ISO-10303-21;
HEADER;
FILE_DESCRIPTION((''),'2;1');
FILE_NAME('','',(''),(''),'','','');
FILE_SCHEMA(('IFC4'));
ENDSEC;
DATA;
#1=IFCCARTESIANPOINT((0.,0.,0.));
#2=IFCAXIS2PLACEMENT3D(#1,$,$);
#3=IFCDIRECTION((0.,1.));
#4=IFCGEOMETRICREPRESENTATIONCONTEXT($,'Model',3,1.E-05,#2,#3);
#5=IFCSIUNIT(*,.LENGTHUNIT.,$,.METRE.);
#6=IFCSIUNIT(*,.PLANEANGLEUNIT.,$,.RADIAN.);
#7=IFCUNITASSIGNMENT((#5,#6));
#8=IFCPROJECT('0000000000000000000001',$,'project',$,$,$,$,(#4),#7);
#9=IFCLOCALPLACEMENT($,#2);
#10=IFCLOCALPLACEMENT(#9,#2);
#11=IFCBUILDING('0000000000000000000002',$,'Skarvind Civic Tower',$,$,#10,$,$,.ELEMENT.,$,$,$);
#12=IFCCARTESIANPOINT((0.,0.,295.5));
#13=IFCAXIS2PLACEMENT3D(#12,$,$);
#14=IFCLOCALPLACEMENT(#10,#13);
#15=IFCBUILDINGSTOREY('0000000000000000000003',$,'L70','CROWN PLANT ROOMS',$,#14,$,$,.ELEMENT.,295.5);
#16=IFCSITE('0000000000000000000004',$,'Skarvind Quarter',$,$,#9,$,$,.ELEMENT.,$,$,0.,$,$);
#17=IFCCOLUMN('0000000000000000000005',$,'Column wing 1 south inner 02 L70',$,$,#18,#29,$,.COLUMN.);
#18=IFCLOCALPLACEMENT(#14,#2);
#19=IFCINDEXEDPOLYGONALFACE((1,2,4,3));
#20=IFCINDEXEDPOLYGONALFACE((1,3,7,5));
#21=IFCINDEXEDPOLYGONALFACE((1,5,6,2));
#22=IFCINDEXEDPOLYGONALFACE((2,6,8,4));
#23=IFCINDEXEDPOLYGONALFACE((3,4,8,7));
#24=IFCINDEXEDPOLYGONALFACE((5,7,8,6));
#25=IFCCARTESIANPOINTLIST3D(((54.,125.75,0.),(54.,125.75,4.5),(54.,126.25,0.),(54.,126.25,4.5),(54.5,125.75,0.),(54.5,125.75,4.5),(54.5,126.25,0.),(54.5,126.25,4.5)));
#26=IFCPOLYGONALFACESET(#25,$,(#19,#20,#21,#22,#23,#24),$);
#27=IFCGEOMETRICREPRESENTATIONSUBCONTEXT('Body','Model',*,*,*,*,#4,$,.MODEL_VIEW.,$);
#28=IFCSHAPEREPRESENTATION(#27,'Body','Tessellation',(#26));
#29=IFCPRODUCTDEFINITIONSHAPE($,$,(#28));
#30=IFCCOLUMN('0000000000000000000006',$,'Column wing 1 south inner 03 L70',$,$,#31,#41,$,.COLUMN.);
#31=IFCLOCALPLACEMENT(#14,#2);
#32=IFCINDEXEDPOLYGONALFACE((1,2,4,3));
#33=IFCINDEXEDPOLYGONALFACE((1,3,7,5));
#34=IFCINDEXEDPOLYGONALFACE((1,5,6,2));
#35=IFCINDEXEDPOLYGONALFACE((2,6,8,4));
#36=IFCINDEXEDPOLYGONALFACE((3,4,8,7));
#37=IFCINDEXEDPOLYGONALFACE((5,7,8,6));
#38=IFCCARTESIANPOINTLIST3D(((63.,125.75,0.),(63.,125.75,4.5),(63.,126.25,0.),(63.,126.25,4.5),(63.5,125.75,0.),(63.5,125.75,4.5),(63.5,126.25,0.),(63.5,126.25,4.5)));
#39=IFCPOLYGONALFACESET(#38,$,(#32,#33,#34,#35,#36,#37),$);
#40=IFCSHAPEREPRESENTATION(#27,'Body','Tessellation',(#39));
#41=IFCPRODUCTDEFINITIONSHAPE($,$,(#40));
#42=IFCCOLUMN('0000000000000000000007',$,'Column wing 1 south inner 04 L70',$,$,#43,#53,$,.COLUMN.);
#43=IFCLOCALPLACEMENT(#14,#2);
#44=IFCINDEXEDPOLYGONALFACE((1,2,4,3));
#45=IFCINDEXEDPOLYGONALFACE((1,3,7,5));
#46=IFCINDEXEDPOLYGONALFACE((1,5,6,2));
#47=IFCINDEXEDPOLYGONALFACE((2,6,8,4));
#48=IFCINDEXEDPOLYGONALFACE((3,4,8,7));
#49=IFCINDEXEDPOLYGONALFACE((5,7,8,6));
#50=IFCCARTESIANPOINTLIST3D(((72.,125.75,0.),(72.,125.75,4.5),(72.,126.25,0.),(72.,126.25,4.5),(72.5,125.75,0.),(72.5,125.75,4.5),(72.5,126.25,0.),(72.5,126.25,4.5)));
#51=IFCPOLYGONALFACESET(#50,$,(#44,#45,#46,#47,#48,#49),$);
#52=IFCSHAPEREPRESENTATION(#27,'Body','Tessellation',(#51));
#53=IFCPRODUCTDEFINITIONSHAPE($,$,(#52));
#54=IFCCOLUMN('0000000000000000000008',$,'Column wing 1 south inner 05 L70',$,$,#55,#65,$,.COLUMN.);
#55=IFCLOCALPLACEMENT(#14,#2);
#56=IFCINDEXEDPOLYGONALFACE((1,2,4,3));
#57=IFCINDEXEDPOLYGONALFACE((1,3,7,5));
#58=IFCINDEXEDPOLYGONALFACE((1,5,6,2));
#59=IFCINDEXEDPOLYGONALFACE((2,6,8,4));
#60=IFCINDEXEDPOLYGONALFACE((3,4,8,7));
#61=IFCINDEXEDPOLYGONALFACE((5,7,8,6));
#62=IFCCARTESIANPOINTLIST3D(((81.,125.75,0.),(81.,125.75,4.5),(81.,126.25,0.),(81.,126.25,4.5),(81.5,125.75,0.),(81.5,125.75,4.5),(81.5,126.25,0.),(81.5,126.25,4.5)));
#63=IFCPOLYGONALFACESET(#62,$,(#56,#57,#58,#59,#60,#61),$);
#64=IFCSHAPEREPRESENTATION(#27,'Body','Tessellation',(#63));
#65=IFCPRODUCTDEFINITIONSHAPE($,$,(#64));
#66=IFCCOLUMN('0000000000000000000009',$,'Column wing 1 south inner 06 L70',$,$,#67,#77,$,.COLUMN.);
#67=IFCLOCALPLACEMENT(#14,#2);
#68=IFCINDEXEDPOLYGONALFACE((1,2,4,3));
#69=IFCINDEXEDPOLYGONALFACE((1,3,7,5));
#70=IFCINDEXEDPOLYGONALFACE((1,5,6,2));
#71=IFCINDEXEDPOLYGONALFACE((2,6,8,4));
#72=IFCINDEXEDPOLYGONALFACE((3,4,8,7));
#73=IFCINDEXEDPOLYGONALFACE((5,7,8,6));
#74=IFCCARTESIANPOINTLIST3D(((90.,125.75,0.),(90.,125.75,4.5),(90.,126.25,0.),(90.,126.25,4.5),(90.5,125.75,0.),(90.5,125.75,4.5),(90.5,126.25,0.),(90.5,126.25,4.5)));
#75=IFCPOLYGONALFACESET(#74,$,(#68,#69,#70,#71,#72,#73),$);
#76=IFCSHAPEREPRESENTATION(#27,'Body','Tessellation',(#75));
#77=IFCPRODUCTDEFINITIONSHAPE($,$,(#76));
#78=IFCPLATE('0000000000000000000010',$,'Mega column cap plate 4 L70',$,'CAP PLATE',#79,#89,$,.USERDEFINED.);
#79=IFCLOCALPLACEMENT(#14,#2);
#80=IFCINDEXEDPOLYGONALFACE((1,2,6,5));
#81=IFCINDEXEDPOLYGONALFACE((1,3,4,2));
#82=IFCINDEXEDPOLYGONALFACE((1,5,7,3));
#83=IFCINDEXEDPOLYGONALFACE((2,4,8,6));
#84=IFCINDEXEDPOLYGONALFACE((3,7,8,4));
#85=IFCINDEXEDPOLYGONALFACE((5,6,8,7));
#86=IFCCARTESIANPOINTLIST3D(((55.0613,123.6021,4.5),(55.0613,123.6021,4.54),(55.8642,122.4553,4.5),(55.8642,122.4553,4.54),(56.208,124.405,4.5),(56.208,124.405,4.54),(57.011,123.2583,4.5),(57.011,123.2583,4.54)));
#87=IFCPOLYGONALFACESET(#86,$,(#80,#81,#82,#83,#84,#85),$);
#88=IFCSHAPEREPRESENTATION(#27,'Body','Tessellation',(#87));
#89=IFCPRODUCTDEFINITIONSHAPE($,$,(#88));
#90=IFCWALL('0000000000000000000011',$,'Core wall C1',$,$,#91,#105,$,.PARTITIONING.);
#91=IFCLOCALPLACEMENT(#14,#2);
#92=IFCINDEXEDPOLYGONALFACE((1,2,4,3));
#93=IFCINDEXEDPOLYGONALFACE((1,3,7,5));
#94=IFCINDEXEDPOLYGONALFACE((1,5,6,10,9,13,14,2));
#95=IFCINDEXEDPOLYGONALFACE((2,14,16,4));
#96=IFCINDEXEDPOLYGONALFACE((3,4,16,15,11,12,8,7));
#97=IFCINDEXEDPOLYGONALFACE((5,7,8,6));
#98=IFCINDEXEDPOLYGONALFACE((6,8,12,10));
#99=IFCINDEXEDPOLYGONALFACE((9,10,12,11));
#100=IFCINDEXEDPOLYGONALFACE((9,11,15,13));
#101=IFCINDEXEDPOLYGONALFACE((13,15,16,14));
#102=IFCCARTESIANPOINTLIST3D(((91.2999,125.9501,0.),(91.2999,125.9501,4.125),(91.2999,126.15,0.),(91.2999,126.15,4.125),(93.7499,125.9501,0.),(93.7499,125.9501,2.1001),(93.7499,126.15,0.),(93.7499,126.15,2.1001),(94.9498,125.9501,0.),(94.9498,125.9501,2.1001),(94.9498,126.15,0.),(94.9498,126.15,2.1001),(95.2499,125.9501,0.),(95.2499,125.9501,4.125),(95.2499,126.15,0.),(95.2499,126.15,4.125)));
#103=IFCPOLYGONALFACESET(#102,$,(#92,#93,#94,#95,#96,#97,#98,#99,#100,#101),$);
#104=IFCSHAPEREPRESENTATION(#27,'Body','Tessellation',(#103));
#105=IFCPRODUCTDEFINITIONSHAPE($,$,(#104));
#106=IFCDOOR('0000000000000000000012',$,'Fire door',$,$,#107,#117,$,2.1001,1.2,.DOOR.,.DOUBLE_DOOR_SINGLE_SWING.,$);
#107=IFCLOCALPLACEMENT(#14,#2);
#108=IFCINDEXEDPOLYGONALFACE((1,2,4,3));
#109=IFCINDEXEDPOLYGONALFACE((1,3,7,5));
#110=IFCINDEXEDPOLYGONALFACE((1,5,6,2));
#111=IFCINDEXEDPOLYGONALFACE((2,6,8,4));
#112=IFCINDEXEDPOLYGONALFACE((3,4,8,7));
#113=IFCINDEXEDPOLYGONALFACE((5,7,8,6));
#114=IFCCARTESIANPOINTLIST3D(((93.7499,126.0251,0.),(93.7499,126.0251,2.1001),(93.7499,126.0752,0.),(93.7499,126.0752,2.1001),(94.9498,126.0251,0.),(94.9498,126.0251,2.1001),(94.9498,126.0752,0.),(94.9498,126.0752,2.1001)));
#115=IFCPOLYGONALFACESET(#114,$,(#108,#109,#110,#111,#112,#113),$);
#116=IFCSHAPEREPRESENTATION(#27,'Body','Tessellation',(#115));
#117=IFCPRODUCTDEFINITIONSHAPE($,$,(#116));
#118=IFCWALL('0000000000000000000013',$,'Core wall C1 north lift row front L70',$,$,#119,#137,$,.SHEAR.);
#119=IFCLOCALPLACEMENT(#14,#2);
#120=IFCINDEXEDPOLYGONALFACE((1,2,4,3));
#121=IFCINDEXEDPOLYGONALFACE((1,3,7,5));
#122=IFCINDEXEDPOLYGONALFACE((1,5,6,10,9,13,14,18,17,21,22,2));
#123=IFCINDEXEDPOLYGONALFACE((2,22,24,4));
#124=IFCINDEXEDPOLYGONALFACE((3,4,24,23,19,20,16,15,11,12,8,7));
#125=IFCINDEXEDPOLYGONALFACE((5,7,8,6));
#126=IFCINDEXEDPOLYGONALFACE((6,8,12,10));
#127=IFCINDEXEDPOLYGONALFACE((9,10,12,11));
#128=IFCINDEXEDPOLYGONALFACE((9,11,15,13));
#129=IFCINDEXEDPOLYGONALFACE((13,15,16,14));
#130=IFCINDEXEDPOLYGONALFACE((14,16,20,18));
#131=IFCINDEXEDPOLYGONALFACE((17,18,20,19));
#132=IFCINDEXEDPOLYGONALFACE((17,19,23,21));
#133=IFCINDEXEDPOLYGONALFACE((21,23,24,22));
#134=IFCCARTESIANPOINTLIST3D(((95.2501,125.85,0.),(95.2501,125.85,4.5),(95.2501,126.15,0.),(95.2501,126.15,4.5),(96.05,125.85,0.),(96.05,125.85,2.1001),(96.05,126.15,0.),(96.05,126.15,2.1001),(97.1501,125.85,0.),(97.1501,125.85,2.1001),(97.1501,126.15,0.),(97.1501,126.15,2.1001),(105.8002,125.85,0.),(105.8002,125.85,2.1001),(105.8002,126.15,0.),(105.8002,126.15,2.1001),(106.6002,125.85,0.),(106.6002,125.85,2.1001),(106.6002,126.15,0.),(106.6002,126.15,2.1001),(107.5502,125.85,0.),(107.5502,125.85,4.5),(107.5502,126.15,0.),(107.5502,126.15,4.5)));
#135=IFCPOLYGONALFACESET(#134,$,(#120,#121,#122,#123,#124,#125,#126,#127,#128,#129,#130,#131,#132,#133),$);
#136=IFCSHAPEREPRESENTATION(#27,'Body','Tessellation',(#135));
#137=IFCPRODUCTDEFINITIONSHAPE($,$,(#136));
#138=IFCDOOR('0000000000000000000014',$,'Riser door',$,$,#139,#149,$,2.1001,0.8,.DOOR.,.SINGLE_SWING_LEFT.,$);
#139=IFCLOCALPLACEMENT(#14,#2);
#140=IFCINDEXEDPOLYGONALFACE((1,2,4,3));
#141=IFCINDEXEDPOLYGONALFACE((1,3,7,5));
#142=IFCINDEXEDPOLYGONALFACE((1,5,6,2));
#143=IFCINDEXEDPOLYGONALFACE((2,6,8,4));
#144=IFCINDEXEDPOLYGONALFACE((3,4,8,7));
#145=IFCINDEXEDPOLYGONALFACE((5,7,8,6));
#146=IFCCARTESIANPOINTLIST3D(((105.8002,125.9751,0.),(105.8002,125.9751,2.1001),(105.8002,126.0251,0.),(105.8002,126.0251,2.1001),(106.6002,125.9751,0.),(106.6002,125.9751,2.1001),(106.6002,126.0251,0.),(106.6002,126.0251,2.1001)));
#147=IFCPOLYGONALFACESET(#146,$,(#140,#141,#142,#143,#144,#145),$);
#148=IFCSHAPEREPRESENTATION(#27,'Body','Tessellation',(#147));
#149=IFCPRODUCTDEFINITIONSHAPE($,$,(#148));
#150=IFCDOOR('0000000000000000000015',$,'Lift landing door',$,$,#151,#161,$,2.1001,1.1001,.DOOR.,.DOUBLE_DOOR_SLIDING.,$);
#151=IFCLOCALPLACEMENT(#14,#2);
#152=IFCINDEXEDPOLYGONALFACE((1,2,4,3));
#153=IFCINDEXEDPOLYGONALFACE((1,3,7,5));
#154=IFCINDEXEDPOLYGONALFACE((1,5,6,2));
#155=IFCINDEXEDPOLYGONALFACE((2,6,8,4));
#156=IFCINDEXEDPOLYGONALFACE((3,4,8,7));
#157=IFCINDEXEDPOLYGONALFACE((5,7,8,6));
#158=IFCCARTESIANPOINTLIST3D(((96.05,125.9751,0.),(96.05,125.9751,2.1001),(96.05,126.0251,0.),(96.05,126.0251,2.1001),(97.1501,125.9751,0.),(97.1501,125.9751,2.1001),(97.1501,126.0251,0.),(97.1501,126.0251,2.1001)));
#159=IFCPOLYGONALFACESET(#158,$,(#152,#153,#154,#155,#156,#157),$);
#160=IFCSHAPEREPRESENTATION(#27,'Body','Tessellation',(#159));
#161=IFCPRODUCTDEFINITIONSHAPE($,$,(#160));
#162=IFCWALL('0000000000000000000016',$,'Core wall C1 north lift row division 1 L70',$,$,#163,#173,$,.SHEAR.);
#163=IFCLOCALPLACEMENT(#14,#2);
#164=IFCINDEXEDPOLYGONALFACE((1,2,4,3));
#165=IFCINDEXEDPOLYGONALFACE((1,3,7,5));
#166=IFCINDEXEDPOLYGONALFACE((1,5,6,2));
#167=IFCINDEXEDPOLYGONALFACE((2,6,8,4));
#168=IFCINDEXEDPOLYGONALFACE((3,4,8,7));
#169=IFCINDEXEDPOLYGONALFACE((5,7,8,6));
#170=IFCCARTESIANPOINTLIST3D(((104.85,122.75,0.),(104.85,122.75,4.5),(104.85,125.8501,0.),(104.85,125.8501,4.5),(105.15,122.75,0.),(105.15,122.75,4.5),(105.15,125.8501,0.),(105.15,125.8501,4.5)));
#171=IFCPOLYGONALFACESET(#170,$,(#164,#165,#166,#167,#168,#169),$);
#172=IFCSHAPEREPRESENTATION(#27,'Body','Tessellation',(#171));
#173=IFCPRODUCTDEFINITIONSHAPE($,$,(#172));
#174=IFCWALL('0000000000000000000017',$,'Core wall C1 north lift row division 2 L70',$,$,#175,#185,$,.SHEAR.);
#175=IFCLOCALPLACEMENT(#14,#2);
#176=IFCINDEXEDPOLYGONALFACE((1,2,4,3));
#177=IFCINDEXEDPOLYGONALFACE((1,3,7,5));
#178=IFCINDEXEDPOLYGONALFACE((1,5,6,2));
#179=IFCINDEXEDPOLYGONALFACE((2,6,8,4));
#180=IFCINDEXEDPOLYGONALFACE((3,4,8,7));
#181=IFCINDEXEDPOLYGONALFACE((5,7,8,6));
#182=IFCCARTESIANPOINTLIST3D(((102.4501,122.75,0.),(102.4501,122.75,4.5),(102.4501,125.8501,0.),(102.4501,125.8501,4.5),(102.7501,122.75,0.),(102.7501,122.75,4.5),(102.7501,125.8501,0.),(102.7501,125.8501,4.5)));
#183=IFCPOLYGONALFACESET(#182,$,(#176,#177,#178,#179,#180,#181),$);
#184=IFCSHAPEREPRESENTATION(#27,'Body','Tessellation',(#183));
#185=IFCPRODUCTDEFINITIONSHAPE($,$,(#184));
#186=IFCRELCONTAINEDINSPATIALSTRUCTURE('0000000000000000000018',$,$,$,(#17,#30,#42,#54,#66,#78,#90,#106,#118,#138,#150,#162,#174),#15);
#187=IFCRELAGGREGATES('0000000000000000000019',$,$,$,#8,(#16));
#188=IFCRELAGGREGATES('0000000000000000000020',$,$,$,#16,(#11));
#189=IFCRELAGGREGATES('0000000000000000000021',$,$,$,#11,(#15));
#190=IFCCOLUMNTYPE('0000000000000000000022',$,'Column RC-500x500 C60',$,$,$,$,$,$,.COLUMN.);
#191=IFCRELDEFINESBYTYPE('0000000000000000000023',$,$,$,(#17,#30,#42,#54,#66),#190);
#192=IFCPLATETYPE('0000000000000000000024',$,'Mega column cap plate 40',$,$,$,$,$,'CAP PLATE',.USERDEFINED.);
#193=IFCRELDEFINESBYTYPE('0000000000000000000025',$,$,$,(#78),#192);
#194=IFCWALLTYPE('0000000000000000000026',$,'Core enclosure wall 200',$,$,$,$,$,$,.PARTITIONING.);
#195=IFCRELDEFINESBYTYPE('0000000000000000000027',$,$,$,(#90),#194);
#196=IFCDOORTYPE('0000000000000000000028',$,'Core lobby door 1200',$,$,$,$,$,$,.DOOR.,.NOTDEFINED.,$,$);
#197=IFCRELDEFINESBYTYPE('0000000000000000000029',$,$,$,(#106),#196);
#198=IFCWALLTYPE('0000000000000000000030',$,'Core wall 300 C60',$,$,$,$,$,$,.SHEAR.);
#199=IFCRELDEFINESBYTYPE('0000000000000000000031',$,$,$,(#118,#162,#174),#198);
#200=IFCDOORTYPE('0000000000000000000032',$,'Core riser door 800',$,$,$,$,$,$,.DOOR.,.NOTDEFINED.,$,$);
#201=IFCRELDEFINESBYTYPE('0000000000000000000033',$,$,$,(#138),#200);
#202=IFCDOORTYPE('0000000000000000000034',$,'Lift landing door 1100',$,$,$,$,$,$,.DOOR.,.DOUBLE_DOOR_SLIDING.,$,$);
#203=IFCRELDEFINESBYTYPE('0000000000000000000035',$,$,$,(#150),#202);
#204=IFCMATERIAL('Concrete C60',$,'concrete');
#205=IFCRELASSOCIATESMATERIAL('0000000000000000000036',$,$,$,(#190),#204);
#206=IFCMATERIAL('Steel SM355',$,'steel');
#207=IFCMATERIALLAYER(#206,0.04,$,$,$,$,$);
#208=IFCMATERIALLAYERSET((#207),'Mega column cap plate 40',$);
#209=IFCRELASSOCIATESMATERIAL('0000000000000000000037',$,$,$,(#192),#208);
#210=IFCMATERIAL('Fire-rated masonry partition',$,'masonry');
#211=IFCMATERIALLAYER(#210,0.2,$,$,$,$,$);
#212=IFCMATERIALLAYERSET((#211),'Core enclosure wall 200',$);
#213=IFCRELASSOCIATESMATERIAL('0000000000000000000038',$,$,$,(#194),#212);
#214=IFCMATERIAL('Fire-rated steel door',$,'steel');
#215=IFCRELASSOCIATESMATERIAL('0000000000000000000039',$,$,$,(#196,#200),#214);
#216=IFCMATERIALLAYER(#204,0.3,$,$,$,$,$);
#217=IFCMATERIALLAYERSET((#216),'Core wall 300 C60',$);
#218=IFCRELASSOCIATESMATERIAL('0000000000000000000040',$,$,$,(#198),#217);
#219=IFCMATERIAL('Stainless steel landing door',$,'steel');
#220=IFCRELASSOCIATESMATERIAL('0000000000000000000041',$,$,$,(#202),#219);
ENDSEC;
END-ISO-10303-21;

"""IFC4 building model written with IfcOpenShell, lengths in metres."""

from ifc_helpers import new_model, si_unit, direction, frame, frame_2d, origin, origin_2d, place, context, subcontext, project, spatial, rectangle, extrude, material, layer, layer_set, material_profile, profile_set, type_object, element, fill, save


model = new_model("IFC4")

# Units and contexts
model_context = context("Model", 3, precision=1e-05, world=origin(), true_north=direction((0.0, 1.0)))
body_context = subcontext(model_context, "Body", "Model", "MODEL_VIEW")
ifc_project = project(units=[si_unit("LENGTHUNIT", "METRE"), si_unit("PLANEANGLEUNIT", "RADIAN")], contexts=[model_context])

# Site, building, storey
site_placement = place(None, origin())
site = spatial("IfcSite", under=ifc_project, at=site_placement, Name="Skarvind Quarter", CompositionType="ELEMENT", RefElevation=0.0)
building_placement = place(site_placement, origin())
building = spatial("IfcBuilding", under=site, at=building_placement, Name="Skarvind Civic Tower", CompositionType="ELEMENT")
storey_placement = place(building_placement, frame((0.0, 0.0, 295.5)))
storey = spatial("IfcBuildingStorey", under=building, at=storey_placement, Name="L70", Description="CROWN PLANT ROOMS", CompositionType="ELEMENT", Elevation=295.5)

# Columns
ifc_material_1 = material(Name="Concrete C60", Category="concrete")
ifc_material_profile_1 = material_profile(ifc_material_1, rectangle(XDim=0.5, YDim=0.5, at=origin_2d()), Name="RC-500x500")
ifc_profile_set_1 = profile_set([ifc_material_profile_1], Name="Concrete C60")
column_type = type_object("IfcColumnType", Name="Column RC-500x500 C60", PredefinedType="COLUMN", material=ifc_profile_set_1)
for number, where, z_axis, x_axis, name in (
    (1, (54.25, 126.0, 0.0), (0.0, 0.0, 1.0), (1.0, 0.0, 0.0), "Column wing 1 south inner 02 L70"),
    (2, (63.25, 126.0, 0.0), (0.0, 0.0, 1.0), (1.0, 0.0, 0.0), "Column wing 1 south inner 03 L70"),
    (3, (72.25, 126.0, 0.0), (0.0, 0.0, 1.0), (1.0, 0.0, 0.0), "Column wing 1 south inner 04 L70"),
    (4, (81.25, 126.0, 0.0), (0.0, 0.0, 1.0), (1.0, 0.0, 0.0), "Column wing 1 south inner 05 L70"),
    (5, (90.25, 126.0, 0.0), (0.0, 0.0, 1.0), (1.0, 0.0, 0.0), "Column wing 1 south inner 06 L70"),
):
    element("IfcColumn", number, at=place(storey_placement, frame(where, z_axis=z_axis, x_axis=x_axis)), inside=storey, type_object=column_type, Name=name, PredefinedType="COLUMN", context=body_context, shape_type="SweptSolid", body=[
        extrude(rectangle(XDim=0.5, YDim=0.5, at=origin_2d()), origin(), (0.0, 0.0, 1.0), 4.5),
    ])

# Plate
ifc_material_2 = material(Name="Steel SM355", Category="steel")
ifc_layer_1 = layer(ifc_material_2, 0.04)
ifc_layer_set_1 = layer_set([ifc_layer_1], Name="Mega column cap plate 40")
plate_type = type_object("IfcPlateType", Name="Mega column cap plate 40", ElementType="CAP PLATE", PredefinedType="USERDEFINED", material=ifc_layer_set_1)
plate_placement = place(storey_placement, frame((56.0361, 123.4302, 4.5), z_axis=(0.0, 0.0, 1.0), x_axis=(0.573576, -0.819152, 0.0)))
element("IfcPlate", 6, at=plate_placement, inside=storey, type_object=plate_type, Name="Mega column cap plate 4 L70", ObjectType="CAP PLATE", PredefinedType="USERDEFINED", context=body_context, shape_type="SweptSolid", body=[
    extrude(rectangle(XDim=1.3999, YDim=1.3999, at=origin_2d()), origin(), (0.0, 0.0, 1.0), 0.04),
])

# Wall, opening, door
ifc_material_3 = material(Name="Fire-rated masonry partition", Category="masonry")
ifc_layer_2 = layer(ifc_material_3, 0.2)
ifc_layer_set_2 = layer_set([ifc_layer_2], Name="Core enclosure wall 200")
wall_type_1 = type_object("IfcWallType", Name="Core enclosure wall 200", PredefinedType="PARTITIONING", material=ifc_layer_set_2)
wall_1_placement = place(storey_placement, frame((95.25, 126.05, 0.0), z_axis=(0.0, 0.0, 1.0), x_axis=(-1.0, 0.0, 0.0)))
wall_1 = element("IfcWall", 7, at=wall_1_placement, inside=storey, type_object=wall_type_1, Name="Core wall C1", PredefinedType="PARTITIONING", context=body_context, shape_type="SweptSolid", body=[
    extrude(rectangle(XDim=3.95, YDim=0.2, at=frame_2d((1.9751, 0.0))), origin(), (0.0, 0.0, 1.0), 4.125),
])
opening_1_placement = place(wall_1_placement, frame((0.3, 0.0, 0.0)))
opening_1 = element("IfcOpeningElement", 8, at=opening_1_placement, cuts=wall_1, PredefinedType="OPENING", context=body_context, shape_type="SweptSolid", body=[
    extrude(rectangle(XDim=1.2, YDim=2.1001, at=frame_2d((0.6001, 1.05))), frame((0.0, 0.1099, 0.0), z_axis=(0.0, -1.0, 0.0), x_axis=(1.0, 0.0, 0.0)), (0.0, 0.0, 1.0), 0.22),
])
ifc_material_4 = material(Name="Fire-rated steel door", Category="steel")
door_type_1 = type_object("IfcDoorType", Name="Core lobby door 1200", OperationType="NOTDEFINED", PredefinedType="DOOR", material=ifc_material_4)
door_1_placement = place(opening_1_placement, origin())
door_1 = element("IfcDoor", 9, at=door_1_placement, inside=storey, type_object=door_type_1, Name="Fire door", OperationType="DOUBLE_DOOR_SINGLE_SWING", OverallHeight=2.1001, OverallWidth=1.2, PredefinedType="DOOR", context=body_context, shape_type="SweptSolid", body=[
    extrude(rectangle(XDim=1.2, YDim=2.1001, at=frame_2d((0.6001, 1.05))), frame((0.0, 0.0249, 0.0), z_axis=(0.0, -1.0, 0.0), x_axis=(1.0, 0.0, 0.0)), (0.0, 0.0, 1.0), 0.05),
])
fill(opening_1, door_1)

# Wall, openings, doors
ifc_layer_3 = layer(ifc_material_1, 0.3)
ifc_layer_set_3 = layer_set([ifc_layer_3], Name="Core wall 300 C60")
wall_type_2 = type_object("IfcWallType", Name="Core wall 300 C60", PredefinedType="SHEAR", material=ifc_layer_set_3)
wall_2_placement = place(storey_placement, frame((107.55, 126.0, 0.0), z_axis=(0.0, 0.0, 1.0), x_axis=(-1.0, 0.0, 0.0)))
wall_2 = element("IfcWall", 10, at=wall_2_placement, inside=storey, type_object=wall_type_2, Name="Core wall C1 north lift row front L70", PredefinedType="SHEAR", context=body_context, shape_type="SweptSolid", body=[
    extrude(rectangle(XDim=12.3, YDim=0.3, at=frame_2d((6.1499, 0.0))), origin(), (0.0, 0.0, 1.0), 4.5),
])
opening_2_placement = place(wall_2_placement, frame((10.3999, 0.0, 0.0)))
opening_2 = element("IfcOpeningElement", 11, at=opening_2_placement, cuts=wall_2, PredefinedType="OPENING", context=body_context, shape_type="SweptSolid", body=[
    extrude(rectangle(XDim=1.1001, YDim=2.1001, at=frame_2d((0.55, 1.05))), frame((0.0, 0.1599, 0.0), z_axis=(0.0, -1.0, 0.0), x_axis=(1.0, 0.0, 0.0)), (0.0, 0.0, 1.0), 0.3201),
])
opening_3_placement = place(wall_2_placement, frame((0.95, 0.0, 0.0)))
opening_3 = element("IfcOpeningElement", 12, at=opening_3_placement, cuts=wall_2, PredefinedType="OPENING", context=body_context, shape_type="SweptSolid", body=[
    extrude(rectangle(XDim=0.8, YDim=2.1001, at=frame_2d((0.3999, 1.05))), frame((0.0, 0.1599, 0.0), z_axis=(0.0, -1.0, 0.0), x_axis=(1.0, 0.0, 0.0)), (0.0, 0.0, 1.0), 0.3201),
])
door_type_2 = type_object("IfcDoorType", Name="Core riser door 800", OperationType="NOTDEFINED", PredefinedType="DOOR", material=ifc_material_4)
door_2_placement = place(opening_3_placement, origin())
door_2 = element("IfcDoor", 13, at=door_2_placement, inside=storey, type_object=door_type_2, Name="Riser door", OperationType="SINGLE_SWING_LEFT", OverallHeight=2.1001, OverallWidth=0.8, PredefinedType="DOOR", context=body_context, shape_type="SweptSolid", body=[
    extrude(rectangle(XDim=0.8, YDim=2.1001, at=frame_2d((0.3999, 1.05))), frame((0.0, 0.0249, 0.0), z_axis=(0.0, -1.0, 0.0), x_axis=(1.0, 0.0, 0.0)), (0.0, 0.0, 1.0), 0.05),
])
fill(opening_3, door_2)
ifc_material_5 = material(Name="Stainless steel landing door", Category="steel")
door_type_3 = type_object("IfcDoorType", Name="Lift landing door 1100", OperationType="DOUBLE_DOOR_SLIDING", PredefinedType="DOOR", material=ifc_material_5)
door_3_placement = place(opening_2_placement, origin())
door_3 = element("IfcDoor", 14, at=door_3_placement, inside=storey, type_object=door_type_3, Name="Lift landing door", OperationType="DOUBLE_DOOR_SLIDING", OverallHeight=2.1001, OverallWidth=1.1001, PredefinedType="DOOR", context=body_context, shape_type="SweptSolid", body=[
    extrude(rectangle(XDim=1.1001, YDim=2.1001, at=frame_2d((0.55, 1.05))), frame((0.0, 0.0249, 0.0), z_axis=(0.0, -1.0, 0.0), x_axis=(1.0, 0.0, 0.0)), (0.0, 0.0, 1.0), 0.05),
])
fill(opening_2, door_3)

# Walls
for number, where, z_axis, x_axis, name in (
    (15, (105.0, 125.8501, 0.0), (0.0, 0.0, 1.0), (0.0, -1.0, 0.0), "Core wall C1 north lift row division 1 L70"),
    (16, (102.6001, 125.8501, 0.0), (0.0, 0.0, 1.0), (0.0, -1.0, 0.0), "Core wall C1 north lift row division 2 L70"),
):
    element("IfcWall", number, at=place(storey_placement, frame(where, z_axis=z_axis, x_axis=x_axis)), inside=storey, type_object=wall_type_2, Name=name, PredefinedType="SHEAR", context=body_context, shape_type="SweptSolid", body=[
        extrude(rectangle(XDim=3.1001, YDim=0.3, at=frame_2d((1.55, 0.0))), origin(), (0.0, 0.0, 1.0), 4.5),
    ])

save(model, "model.ifc")
